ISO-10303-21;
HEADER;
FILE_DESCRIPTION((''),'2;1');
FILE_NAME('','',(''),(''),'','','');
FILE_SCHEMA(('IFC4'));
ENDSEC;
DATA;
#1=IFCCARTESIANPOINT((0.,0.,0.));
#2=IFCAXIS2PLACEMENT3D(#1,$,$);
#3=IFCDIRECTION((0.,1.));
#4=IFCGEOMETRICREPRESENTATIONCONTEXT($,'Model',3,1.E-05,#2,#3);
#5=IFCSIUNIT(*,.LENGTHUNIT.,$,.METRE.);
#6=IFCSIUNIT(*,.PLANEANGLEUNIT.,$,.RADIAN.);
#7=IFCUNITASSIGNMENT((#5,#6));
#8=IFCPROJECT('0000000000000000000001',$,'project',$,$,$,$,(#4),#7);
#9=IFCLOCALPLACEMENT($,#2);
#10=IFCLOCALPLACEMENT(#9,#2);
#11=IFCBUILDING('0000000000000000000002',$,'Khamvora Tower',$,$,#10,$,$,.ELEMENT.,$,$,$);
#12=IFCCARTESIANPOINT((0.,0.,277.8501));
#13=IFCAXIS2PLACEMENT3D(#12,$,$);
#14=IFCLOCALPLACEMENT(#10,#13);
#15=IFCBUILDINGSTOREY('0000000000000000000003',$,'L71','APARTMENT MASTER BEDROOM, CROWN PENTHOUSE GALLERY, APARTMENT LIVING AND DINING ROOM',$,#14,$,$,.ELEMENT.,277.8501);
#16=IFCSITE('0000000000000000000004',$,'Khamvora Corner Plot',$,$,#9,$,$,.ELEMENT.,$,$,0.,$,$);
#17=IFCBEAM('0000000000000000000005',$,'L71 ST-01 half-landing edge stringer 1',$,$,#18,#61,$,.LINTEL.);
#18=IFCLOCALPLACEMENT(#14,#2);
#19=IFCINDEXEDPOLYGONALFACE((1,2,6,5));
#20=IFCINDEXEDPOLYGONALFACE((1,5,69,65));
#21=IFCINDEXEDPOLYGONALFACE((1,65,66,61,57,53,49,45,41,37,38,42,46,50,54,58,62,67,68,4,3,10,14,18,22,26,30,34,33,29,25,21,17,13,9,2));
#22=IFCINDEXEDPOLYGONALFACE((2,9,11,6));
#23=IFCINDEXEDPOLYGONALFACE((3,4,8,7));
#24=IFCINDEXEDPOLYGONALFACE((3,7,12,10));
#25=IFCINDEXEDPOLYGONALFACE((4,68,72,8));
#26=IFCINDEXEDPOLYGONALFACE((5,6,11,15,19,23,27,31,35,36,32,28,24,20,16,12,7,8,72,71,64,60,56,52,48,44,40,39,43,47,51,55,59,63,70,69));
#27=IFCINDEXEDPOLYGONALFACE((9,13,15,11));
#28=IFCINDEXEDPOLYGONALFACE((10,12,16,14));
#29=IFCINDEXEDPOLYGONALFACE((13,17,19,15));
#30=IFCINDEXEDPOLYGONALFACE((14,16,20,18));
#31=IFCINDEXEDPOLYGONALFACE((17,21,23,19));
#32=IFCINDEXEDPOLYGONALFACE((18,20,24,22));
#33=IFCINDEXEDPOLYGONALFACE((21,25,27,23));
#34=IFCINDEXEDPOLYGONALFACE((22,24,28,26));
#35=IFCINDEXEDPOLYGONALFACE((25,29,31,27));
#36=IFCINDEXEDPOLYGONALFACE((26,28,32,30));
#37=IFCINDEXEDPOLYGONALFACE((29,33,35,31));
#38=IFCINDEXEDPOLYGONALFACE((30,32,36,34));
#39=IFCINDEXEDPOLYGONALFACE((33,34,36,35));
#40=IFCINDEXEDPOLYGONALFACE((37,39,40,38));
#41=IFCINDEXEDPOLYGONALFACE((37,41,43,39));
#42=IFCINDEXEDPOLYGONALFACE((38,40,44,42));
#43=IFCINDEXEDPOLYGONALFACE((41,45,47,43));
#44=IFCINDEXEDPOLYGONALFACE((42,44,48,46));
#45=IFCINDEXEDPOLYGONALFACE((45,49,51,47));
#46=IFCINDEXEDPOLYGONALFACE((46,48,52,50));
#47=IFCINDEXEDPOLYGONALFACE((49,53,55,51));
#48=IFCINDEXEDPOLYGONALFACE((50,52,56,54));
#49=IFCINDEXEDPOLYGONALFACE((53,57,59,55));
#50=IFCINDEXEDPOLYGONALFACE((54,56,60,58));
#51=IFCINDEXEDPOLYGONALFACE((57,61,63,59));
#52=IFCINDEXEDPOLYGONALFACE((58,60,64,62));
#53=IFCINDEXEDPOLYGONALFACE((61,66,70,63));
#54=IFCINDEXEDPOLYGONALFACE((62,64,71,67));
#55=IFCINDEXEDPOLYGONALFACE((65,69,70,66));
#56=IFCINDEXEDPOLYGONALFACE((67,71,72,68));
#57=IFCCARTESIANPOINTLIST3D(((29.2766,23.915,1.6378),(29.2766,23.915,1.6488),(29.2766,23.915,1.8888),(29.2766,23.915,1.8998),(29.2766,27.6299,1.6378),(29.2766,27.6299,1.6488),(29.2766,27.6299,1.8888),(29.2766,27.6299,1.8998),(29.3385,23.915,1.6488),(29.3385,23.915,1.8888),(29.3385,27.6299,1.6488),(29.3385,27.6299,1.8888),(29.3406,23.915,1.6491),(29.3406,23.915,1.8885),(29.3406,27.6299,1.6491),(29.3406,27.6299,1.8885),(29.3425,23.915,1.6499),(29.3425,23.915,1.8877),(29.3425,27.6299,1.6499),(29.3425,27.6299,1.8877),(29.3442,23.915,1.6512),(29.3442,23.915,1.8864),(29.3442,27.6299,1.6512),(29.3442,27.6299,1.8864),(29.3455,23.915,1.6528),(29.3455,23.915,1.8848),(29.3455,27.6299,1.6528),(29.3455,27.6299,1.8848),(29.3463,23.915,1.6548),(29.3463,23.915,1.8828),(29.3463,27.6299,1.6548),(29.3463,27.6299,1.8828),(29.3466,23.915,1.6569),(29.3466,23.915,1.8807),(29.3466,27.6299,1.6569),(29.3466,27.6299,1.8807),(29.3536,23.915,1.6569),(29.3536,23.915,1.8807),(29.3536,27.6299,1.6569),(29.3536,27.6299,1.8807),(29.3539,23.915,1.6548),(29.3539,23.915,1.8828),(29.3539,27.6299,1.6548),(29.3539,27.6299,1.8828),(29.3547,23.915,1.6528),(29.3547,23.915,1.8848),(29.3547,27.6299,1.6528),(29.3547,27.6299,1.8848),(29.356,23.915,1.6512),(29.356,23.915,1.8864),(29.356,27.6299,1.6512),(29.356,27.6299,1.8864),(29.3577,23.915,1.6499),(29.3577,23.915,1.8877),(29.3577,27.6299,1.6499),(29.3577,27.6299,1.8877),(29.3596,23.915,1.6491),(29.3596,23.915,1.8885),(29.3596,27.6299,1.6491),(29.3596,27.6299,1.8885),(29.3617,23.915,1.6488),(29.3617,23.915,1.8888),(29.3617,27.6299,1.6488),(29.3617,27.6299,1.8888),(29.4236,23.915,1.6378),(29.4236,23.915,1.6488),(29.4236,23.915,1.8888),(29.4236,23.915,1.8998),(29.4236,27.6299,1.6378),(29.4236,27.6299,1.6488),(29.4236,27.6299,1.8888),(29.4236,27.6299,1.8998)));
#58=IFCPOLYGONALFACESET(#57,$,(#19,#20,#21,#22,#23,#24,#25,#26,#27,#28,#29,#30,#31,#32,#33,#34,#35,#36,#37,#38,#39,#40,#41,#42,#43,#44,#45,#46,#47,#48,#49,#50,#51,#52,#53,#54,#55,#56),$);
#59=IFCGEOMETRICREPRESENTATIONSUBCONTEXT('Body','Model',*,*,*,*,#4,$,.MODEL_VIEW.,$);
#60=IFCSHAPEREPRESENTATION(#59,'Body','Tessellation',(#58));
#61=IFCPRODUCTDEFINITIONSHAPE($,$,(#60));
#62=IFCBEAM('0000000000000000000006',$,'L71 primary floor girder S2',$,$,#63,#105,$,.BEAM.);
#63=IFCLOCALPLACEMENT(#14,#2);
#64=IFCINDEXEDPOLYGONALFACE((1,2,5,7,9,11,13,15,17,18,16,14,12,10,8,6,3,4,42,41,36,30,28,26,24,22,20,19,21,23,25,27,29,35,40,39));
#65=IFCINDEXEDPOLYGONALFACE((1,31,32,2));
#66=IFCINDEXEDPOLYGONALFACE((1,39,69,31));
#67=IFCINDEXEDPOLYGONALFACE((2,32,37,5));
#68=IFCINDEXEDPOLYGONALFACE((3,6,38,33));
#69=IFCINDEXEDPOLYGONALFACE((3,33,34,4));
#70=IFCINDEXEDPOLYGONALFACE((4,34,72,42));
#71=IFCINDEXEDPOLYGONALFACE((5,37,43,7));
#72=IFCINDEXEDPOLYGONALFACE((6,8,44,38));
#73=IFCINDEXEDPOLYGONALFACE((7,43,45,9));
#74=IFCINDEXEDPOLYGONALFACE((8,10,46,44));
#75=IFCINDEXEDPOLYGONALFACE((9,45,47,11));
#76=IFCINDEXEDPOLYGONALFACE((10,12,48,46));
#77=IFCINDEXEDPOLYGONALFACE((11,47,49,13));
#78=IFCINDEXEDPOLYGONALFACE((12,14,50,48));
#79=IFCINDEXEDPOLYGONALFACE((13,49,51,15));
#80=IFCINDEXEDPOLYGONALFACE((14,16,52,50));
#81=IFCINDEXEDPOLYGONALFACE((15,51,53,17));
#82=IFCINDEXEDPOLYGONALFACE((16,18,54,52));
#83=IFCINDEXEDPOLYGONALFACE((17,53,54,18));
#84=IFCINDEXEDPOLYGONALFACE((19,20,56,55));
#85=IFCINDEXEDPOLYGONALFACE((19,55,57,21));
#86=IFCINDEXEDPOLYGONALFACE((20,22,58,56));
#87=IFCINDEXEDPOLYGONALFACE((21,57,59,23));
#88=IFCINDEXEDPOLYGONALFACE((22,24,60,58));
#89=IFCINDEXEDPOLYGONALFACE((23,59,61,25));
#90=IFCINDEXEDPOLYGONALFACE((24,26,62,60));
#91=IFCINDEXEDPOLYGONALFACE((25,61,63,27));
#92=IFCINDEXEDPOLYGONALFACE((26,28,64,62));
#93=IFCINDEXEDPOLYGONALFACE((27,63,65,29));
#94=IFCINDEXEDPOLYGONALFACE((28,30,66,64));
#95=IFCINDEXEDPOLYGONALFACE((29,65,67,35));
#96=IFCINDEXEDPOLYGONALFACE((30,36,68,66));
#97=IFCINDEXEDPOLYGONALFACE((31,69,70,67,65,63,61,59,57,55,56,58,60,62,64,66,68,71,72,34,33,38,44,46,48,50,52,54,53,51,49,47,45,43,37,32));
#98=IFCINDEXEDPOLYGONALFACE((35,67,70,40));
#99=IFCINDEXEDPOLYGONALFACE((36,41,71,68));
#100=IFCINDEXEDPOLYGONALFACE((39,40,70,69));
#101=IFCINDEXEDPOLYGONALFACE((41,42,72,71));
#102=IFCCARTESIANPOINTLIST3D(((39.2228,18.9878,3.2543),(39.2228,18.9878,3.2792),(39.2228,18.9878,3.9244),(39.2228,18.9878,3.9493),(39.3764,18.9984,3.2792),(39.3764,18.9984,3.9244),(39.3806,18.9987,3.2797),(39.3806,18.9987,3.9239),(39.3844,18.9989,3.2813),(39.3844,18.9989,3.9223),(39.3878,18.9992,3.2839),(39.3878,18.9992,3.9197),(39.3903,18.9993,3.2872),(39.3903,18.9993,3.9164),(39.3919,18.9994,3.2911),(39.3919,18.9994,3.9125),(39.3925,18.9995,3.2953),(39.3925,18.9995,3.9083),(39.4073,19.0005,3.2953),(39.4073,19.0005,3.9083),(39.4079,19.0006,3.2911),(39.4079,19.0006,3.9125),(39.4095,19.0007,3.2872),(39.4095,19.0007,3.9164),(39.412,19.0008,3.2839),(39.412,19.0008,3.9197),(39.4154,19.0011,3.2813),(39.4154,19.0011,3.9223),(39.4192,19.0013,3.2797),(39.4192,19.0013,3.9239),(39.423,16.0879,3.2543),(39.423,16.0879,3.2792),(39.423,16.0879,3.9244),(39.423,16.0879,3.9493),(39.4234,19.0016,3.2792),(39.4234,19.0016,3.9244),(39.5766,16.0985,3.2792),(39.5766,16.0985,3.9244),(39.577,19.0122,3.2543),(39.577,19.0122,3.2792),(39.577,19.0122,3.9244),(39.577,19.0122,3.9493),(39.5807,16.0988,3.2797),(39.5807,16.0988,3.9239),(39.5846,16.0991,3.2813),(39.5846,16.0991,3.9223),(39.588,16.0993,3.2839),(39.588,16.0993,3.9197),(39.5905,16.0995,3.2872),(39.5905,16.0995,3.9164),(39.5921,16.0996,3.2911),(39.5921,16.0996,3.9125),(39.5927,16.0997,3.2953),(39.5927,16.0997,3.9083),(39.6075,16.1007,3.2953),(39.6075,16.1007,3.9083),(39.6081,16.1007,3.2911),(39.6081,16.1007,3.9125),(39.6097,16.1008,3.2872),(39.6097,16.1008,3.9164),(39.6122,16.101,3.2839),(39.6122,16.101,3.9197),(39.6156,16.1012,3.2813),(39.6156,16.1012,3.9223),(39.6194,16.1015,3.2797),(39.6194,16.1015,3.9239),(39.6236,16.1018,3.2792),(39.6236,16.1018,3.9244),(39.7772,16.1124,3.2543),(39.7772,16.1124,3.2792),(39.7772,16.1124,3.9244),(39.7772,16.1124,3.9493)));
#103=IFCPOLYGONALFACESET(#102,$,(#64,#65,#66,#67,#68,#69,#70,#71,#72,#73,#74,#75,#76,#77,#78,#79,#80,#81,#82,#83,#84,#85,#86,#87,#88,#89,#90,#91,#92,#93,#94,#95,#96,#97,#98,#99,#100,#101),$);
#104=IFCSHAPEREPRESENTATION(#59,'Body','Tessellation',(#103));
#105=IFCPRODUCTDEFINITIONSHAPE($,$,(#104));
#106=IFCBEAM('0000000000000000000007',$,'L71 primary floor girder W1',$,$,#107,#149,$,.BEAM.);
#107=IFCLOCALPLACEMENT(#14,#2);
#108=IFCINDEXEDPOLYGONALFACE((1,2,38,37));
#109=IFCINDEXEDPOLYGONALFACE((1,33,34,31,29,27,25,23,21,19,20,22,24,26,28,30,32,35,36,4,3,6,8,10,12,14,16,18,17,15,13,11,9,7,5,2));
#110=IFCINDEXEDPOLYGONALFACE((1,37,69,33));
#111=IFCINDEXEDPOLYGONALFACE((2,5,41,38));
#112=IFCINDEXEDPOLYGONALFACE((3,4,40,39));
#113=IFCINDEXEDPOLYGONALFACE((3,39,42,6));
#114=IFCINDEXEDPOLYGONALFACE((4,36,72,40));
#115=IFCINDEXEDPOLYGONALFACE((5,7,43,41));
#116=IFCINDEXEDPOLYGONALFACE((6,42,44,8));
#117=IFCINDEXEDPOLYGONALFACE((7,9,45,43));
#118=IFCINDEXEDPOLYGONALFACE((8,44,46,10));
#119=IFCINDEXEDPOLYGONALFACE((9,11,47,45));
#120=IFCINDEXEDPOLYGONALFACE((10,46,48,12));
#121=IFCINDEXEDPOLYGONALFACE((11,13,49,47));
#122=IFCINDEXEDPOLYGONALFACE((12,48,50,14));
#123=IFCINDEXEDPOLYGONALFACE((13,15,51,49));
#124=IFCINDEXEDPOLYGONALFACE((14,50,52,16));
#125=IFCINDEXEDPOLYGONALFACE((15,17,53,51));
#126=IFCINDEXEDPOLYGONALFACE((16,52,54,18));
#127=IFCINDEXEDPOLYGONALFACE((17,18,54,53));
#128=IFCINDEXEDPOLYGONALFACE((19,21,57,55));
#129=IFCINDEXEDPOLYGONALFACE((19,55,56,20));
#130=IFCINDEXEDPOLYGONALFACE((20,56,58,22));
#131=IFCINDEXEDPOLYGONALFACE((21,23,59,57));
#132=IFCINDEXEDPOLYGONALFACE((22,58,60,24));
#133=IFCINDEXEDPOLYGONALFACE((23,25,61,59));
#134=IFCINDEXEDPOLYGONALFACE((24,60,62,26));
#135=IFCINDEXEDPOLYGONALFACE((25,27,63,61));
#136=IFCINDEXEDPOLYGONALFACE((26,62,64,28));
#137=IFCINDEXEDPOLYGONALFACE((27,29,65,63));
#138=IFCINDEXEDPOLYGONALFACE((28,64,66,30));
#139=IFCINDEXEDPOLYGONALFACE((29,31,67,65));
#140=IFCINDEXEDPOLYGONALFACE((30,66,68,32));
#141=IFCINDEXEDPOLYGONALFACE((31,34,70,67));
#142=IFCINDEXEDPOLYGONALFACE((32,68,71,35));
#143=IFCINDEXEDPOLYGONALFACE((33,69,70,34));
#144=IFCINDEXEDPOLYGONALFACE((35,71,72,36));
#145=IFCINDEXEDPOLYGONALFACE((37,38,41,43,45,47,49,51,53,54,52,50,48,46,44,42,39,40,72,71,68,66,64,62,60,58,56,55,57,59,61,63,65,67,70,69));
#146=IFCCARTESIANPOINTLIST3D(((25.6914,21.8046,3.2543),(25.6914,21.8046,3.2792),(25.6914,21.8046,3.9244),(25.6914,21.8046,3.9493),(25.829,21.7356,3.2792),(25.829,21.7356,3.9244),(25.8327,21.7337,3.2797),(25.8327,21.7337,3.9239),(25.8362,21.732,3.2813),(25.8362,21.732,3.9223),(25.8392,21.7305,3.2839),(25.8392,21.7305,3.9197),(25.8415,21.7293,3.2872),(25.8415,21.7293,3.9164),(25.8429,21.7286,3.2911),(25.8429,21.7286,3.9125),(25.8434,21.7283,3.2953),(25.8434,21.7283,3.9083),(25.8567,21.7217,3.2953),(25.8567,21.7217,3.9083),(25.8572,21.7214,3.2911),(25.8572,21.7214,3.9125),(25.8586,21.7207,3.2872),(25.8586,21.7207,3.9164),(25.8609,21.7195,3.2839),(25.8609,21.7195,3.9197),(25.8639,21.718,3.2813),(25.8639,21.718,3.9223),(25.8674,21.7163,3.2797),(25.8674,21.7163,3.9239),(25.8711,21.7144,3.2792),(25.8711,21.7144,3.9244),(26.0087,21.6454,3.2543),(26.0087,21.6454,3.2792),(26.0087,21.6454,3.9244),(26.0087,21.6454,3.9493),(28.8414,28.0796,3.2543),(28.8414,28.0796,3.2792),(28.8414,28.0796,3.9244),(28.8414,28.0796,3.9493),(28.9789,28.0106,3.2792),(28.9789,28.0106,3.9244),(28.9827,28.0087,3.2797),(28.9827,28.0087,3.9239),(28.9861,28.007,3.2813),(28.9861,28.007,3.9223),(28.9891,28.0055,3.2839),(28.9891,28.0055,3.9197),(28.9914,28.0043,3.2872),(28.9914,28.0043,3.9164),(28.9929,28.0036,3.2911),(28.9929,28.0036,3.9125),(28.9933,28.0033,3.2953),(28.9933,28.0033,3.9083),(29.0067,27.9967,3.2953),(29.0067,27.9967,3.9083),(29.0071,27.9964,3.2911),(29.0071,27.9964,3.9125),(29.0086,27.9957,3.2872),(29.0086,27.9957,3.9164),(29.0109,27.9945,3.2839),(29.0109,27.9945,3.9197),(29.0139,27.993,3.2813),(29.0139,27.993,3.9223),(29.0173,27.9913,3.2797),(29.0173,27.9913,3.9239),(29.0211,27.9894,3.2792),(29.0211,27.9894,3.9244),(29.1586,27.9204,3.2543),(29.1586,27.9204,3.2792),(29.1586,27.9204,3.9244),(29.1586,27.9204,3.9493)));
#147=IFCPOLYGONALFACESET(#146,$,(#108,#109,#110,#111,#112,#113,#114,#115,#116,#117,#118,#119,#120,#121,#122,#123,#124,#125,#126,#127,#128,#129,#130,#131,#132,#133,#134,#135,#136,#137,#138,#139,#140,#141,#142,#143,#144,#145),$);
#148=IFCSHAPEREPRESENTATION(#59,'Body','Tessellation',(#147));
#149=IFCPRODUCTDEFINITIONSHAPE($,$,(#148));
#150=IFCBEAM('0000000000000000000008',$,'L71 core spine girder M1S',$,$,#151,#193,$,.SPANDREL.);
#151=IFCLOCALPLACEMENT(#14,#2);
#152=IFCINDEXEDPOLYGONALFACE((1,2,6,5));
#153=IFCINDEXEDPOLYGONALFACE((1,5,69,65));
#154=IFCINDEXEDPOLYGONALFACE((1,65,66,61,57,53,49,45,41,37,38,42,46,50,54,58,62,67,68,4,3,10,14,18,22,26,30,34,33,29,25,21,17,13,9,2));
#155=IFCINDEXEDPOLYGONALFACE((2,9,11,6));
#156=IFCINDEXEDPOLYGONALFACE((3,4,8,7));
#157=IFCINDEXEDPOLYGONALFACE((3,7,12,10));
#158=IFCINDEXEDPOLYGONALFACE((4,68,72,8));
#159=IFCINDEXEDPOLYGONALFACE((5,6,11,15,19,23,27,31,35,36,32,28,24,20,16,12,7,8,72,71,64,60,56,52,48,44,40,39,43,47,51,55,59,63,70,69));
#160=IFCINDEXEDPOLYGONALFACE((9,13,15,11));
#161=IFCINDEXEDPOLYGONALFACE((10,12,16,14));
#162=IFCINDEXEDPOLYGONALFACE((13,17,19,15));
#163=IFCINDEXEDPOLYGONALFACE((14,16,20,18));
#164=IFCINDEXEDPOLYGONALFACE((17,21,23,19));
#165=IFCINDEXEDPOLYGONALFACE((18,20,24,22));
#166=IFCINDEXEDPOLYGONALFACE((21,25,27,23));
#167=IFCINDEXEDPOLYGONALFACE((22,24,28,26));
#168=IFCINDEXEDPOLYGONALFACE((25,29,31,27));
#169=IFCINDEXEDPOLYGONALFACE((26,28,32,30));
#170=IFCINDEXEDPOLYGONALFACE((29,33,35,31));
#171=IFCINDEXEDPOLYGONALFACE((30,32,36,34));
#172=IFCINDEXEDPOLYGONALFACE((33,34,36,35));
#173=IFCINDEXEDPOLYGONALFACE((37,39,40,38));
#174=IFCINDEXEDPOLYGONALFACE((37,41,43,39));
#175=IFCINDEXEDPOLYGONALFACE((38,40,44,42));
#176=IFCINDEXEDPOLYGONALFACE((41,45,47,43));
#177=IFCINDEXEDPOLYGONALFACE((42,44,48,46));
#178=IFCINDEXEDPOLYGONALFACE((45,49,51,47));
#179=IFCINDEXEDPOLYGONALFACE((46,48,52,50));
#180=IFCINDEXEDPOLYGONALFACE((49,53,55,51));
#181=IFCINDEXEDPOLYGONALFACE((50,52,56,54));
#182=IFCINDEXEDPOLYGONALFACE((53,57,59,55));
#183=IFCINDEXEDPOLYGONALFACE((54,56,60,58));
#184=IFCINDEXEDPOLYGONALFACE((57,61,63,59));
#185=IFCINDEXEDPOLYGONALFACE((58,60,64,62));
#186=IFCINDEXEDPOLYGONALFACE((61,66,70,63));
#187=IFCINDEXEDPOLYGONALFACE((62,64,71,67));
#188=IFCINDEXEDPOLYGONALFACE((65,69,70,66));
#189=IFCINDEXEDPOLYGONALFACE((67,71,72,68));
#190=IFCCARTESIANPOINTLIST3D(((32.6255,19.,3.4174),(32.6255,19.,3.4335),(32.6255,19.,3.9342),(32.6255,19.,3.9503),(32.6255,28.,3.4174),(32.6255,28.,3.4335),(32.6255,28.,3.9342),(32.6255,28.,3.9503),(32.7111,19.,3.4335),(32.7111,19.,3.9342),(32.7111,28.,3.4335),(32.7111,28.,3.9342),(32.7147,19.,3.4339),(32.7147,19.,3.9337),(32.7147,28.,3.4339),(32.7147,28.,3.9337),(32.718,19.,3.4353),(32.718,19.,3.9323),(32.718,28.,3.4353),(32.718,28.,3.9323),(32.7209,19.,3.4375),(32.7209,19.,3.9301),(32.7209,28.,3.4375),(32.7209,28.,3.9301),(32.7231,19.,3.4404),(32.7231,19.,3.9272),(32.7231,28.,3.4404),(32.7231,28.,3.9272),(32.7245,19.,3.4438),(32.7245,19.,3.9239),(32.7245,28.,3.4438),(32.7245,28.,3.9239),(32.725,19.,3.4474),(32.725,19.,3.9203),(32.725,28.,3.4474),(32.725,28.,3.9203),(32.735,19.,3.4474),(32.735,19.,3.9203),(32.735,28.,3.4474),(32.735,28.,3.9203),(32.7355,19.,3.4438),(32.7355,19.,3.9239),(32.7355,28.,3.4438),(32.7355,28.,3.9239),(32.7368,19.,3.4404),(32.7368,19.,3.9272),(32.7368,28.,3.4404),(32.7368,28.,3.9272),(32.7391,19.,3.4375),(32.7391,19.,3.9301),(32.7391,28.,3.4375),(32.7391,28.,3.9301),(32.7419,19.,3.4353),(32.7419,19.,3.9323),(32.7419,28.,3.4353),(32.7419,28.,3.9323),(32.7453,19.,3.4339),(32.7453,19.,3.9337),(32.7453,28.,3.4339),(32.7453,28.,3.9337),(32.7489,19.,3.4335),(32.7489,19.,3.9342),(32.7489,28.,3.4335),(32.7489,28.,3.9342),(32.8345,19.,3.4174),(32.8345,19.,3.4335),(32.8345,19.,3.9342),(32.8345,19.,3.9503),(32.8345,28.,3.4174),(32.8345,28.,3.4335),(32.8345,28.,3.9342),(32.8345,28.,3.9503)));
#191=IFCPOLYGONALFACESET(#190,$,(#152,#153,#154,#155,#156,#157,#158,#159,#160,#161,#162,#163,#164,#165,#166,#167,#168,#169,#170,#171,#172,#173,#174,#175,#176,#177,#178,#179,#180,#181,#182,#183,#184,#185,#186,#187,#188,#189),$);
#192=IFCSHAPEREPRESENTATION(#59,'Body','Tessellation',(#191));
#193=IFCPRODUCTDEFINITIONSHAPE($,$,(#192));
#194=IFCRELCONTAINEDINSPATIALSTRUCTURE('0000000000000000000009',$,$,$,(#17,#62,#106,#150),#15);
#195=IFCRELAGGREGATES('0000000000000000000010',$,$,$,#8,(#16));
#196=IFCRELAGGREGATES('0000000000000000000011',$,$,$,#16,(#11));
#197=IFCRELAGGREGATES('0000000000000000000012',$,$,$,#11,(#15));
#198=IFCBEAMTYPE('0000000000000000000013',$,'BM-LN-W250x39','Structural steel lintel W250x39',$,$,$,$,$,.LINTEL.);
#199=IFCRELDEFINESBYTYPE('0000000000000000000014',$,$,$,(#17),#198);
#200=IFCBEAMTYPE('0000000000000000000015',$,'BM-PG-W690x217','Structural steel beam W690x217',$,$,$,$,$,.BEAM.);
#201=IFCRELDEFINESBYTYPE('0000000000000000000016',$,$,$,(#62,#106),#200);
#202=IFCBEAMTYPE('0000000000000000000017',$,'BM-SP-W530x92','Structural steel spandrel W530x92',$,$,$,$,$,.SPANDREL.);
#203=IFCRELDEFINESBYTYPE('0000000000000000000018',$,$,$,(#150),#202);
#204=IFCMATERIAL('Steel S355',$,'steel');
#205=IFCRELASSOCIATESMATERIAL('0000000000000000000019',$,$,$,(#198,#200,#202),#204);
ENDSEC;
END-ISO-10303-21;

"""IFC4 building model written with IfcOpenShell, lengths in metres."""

from ifc_helpers import new_model, si_unit, direction, frame, origin, origin_2d, place, context, subcontext, project, spatial, i_section, extrude, material, material_profile, profile_set, type_object, element, save


model = new_model("IFC4")

# Units and contexts
model_context = context("Model", 3, precision=1e-05, world=origin(), true_north=direction((0.0, 1.0)))
body_context = subcontext(model_context, "Body", "Model", "MODEL_VIEW")
ifc_project = project(units=[si_unit("LENGTHUNIT", "METRE"), si_unit("PLANEANGLEUNIT", "RADIAN")], contexts=[model_context])

# Site, building, storey
site_placement = place(None, origin())
site = spatial("IfcSite", under=ifc_project, at=site_placement, Name="Khamvora Corner Plot", CompositionType="ELEMENT", RefElevation=0.0)
building_placement = place(site_placement, origin())
building = spatial("IfcBuilding", under=site, at=building_placement, Name="Khamvora Tower", CompositionType="ELEMENT")
storey_placement = place(building_placement, frame((0.0, 0.0, 277.8501)))
storey = spatial("IfcBuildingStorey", under=building, at=storey_placement, Name="L71", Description="APARTMENT MASTER BEDROOM, CROWN PENTHOUSE GALLERY, APARTMENT LIVING AND DINING ROOM", CompositionType="ELEMENT", Elevation=277.8501)

# Beams
ifc_material_1 = material(Name="Steel S355", Category="steel")
ifc_material_profile_1 = material_profile(ifc_material_1, i_section(OverallWidth=0.147, OverallDepth=0.262, WebThickness=0.0071, FlangeThickness=0.011, FilletRadius=0.0081, at=origin_2d()), Name="W250x39")
ifc_profile_set_1 = profile_set([ifc_material_profile_1], Name="Steel S355")
beam_type_1 = type_object("IfcBeamType", Name="BM-LN-W250x39", Description="Structural steel lintel W250x39", PredefinedType="LINTEL", material=ifc_profile_set_1)
beam_1_placement = place(storey_placement, frame((29.3501, 23.915, 1.7688), z_axis=(0.0, 1.0, 0.0), x_axis=(-1.0, 0.0, 0.0)))
element("IfcBeam", 1, at=beam_1_placement, inside=storey, type_object=beam_type_1, Name="L71 ST-01 half-landing edge stringer 1", PredefinedType="LINTEL", context=body_context, shape_type="SweptSolid", body=[
    extrude(i_section(OverallWidth=0.147, OverallDepth=0.262, WebThickness=0.0071, FlangeThickness=0.011, FilletRadius=0.0081, at=origin_2d()), origin(), (0.0, 0.0, 1.0), 3.7148),
])
ifc_material_profile_2 = material_profile(ifc_material_1, i_section(OverallWidth=0.355, OverallDepth=0.6951, WebThickness=0.0149, FlangeThickness=0.0249, FilletRadius=0.0161, at=origin_2d()), Name="W690x217")
ifc_profile_set_2 = profile_set([ifc_material_profile_2], Name="Steel S355")
beam_type_2 = type_object("IfcBeamType", Name="BM-PG-W690x217", Description="Structural steel beam W690x217", PredefinedType="BEAM", material=ifc_profile_set_2)
beam_2_placement = place(storey_placement, frame((39.3999, 19.0, 3.6018), z_axis=(0.068871, -0.997626, 0.0), x_axis=(0.997626, 0.068871, 0.0)))
element("IfcBeam", 2, at=beam_2_placement, inside=storey, type_object=beam_type_2, Name="L71 primary floor girder S2", PredefinedType="BEAM", context=body_context, shape_type="SweptSolid", body=[
    extrude(i_section(OverallWidth=0.355, OverallDepth=0.6951, WebThickness=0.0149, FlangeThickness=0.0249, FilletRadius=0.0161, at=origin_2d()), origin(), (0.0, 0.0, 1.0), 2.9067),
])
beam_3_placement = place(storey_placement, frame((29.0, 28.0, 3.6018), z_axis=(-0.448632, -0.893717, 0.0), x_axis=(0.893717, -0.448632, 0.0)))
element("IfcBeam", 3, at=beam_3_placement, inside=storey, type_object=beam_type_2, Name="L71 primary floor girder W1", PredefinedType="BEAM", context=body_context, shape_type="SweptSolid", body=[
    extrude(i_section(OverallWidth=0.355, OverallDepth=0.6951, WebThickness=0.0149, FlangeThickness=0.0249, FilletRadius=0.0161, at=origin_2d()), origin(), (0.0, 0.0, 1.0), 7.0212),
])
ifc_material_profile_3 = material_profile(ifc_material_1, i_section(OverallWidth=0.209, OverallDepth=0.533, WebThickness=0.01, FlangeThickness=0.0161, FilletRadius=0.0139, at=origin_2d()), Name="W530x92")
ifc_profile_set_3 = profile_set([ifc_material_profile_3], Name="Steel S355")
beam_type_3 = type_object("IfcBeamType", Name="BM-SP-W530x92", Description="Structural steel spandrel W530x92", PredefinedType="SPANDREL", material=ifc_profile_set_3)
beam_4_placement = place(storey_placement, frame((32.73, 19.0, 3.6838), z_axis=(0.0, 1.0, 0.0), x_axis=(-1.0, 0.0, 0.0)))
element("IfcBeam", 4, at=beam_4_placement, inside=storey, type_object=beam_type_3, Name="L71 core spine girder M1S", PredefinedType="SPANDREL", context=body_context, shape_type="SweptSolid", body=[
    extrude(i_section(OverallWidth=0.209, OverallDepth=0.533, WebThickness=0.01, FlangeThickness=0.0161, FilletRadius=0.0139, at=origin_2d()), origin(), (0.0, 0.0, 1.0), 9.0),
])

save(model, "model.ifc")
